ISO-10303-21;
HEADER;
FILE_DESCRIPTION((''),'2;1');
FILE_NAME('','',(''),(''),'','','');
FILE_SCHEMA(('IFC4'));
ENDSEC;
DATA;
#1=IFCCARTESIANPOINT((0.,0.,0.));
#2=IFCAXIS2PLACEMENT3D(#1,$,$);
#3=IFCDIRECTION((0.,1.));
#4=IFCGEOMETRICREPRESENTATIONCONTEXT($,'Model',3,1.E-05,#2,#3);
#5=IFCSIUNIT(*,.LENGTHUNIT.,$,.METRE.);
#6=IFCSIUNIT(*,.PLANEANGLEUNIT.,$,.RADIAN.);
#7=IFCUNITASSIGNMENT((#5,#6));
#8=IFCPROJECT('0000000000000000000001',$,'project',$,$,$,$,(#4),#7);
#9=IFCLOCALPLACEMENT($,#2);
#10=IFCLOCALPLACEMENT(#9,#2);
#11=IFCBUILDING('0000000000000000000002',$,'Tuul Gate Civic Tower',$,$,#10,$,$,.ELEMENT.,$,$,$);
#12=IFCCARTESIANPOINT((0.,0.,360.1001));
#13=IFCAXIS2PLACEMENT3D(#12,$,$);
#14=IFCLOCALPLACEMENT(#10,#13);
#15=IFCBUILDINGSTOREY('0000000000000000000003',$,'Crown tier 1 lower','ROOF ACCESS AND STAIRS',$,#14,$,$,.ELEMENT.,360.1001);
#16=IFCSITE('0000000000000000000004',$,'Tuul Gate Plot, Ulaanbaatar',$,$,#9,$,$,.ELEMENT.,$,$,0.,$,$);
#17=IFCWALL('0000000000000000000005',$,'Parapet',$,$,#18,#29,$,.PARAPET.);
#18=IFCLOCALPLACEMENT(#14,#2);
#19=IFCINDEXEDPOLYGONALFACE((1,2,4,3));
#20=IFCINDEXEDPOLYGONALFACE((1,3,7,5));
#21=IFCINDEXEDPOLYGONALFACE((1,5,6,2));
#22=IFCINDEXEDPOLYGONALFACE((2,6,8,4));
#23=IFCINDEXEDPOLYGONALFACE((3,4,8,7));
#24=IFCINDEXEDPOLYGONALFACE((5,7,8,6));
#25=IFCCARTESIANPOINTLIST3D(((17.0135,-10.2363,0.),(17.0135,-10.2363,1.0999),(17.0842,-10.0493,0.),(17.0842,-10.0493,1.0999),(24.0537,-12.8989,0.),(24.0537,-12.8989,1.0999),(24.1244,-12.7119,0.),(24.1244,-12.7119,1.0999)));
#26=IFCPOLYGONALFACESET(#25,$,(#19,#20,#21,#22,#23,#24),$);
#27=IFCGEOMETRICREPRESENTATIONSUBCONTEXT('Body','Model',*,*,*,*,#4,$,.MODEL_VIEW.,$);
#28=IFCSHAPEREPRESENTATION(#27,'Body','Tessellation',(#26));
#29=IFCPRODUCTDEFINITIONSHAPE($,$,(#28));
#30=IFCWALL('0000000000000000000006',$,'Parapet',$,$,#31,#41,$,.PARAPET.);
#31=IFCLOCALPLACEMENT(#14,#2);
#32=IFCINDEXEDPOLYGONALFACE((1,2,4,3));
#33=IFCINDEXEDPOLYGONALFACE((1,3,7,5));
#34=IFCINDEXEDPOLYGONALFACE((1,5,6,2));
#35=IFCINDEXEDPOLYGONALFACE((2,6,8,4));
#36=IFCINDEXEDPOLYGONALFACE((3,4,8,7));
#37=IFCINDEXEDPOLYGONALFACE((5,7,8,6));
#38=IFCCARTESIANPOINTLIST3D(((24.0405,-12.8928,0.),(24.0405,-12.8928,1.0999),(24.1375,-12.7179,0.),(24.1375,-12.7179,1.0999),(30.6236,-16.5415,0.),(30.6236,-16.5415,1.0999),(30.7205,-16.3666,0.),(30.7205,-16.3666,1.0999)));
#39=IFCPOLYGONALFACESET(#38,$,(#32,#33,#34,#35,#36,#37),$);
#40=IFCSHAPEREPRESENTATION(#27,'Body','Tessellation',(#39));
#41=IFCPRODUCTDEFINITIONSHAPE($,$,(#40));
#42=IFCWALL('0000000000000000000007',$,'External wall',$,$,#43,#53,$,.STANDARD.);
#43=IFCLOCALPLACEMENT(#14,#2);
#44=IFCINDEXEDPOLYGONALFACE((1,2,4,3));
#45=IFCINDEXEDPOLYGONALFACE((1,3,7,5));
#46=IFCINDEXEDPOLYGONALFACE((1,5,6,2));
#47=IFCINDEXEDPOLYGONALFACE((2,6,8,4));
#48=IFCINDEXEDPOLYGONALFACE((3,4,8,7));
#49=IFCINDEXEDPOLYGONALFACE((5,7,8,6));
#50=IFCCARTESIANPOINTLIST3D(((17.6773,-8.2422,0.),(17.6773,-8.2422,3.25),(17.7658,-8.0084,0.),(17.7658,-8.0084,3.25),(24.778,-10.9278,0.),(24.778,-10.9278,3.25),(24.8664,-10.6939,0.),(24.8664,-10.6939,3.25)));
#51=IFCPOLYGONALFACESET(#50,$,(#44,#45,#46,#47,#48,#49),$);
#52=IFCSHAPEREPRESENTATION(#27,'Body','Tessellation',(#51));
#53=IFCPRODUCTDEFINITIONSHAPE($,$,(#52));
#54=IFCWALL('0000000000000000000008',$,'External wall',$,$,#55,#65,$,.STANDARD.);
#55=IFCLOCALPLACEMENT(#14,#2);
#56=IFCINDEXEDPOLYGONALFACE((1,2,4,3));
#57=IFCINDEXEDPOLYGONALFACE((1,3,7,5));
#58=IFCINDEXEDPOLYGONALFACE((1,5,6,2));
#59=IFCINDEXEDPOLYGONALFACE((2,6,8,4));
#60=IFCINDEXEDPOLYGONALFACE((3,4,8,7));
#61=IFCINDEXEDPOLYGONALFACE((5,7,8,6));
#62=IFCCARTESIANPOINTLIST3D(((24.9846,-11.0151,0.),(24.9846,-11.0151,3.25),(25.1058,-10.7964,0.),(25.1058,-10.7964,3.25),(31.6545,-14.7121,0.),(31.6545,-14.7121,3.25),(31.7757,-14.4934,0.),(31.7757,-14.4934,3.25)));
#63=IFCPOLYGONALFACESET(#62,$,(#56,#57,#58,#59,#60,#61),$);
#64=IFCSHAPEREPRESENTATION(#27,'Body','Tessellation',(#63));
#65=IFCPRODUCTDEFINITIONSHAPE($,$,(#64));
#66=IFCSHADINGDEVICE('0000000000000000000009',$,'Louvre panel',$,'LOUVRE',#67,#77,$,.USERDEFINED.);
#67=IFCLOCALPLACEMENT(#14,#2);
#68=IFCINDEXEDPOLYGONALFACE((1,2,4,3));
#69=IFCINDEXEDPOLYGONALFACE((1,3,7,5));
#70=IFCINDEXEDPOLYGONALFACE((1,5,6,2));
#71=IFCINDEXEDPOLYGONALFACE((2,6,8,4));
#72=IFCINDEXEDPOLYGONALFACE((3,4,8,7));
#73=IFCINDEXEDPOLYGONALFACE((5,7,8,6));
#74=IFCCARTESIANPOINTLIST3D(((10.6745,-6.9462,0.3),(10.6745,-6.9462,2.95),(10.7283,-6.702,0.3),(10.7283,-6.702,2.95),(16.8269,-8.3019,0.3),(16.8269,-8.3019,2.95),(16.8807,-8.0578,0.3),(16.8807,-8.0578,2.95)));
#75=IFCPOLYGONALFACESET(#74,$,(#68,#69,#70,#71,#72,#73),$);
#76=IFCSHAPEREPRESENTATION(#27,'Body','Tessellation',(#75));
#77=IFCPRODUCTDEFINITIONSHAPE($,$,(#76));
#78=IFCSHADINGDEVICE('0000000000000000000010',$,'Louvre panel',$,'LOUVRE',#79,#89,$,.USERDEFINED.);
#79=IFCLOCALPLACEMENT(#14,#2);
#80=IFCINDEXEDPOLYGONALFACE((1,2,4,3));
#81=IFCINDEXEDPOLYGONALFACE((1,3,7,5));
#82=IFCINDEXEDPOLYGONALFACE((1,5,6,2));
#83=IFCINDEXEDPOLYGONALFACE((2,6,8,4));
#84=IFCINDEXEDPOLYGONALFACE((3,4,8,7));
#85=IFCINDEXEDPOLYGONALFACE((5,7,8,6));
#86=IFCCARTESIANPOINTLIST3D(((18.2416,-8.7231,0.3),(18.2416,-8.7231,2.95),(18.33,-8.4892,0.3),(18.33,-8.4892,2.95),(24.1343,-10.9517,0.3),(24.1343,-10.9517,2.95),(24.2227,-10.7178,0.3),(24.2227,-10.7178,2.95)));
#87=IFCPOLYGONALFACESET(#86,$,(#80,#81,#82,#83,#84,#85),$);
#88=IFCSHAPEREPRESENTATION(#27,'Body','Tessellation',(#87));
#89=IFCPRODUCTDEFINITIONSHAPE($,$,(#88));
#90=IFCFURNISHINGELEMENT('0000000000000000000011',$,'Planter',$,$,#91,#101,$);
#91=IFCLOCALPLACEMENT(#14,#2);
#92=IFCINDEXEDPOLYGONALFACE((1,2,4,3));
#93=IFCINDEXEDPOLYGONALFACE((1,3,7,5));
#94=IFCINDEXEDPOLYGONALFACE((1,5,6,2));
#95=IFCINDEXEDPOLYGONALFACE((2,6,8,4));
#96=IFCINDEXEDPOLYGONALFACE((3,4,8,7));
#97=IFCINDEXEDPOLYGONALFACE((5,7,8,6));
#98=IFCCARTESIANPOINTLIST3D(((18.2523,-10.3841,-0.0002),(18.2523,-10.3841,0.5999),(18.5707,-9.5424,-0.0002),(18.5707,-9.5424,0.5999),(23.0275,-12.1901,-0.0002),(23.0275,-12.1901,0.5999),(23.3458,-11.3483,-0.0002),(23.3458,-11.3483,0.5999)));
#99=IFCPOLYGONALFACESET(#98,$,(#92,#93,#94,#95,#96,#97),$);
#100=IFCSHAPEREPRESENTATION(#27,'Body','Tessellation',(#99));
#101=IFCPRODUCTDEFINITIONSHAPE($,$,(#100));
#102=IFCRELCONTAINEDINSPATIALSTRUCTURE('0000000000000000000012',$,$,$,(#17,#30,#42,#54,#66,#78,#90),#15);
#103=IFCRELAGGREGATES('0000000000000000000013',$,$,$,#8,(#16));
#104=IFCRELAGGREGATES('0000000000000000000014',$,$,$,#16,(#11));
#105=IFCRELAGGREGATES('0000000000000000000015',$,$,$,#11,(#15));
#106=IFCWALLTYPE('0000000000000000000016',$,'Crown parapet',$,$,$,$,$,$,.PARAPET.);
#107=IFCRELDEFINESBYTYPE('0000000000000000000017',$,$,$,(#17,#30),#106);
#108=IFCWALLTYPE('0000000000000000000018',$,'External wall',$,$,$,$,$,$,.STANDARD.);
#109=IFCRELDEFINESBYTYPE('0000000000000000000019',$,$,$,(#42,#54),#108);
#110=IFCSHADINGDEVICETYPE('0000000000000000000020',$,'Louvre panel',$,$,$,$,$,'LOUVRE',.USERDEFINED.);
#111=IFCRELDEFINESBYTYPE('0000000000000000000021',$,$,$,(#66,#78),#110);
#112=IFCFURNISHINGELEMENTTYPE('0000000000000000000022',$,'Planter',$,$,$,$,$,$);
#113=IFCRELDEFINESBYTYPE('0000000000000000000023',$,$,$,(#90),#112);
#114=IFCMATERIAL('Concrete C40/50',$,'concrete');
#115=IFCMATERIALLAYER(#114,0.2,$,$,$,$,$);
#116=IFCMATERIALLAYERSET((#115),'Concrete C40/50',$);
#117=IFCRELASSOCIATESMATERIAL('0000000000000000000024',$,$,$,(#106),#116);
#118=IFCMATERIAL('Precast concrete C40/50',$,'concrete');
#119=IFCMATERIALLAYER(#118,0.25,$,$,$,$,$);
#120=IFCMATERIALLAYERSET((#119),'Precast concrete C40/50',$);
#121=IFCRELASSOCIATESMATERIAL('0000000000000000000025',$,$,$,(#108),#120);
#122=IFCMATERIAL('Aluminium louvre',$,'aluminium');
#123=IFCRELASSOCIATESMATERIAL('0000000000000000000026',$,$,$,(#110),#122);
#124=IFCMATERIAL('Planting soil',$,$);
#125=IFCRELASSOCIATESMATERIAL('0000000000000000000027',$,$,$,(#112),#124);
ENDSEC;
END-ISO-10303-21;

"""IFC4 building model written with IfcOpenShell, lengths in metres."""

from ifc_helpers import new_model, si_unit, direction, frame, frame_2d, origin, origin_2d, place, context, subcontext, project, spatial, rectangle, extrude, material, layer, layer_set, type_object, element, save


model = new_model("IFC4")

# Units and contexts
model_context = context("Model", 3, precision=1e-05, world=origin(), true_north=direction((0.0, 1.0)))
body_context = subcontext(model_context, "Body", "Model", "MODEL_VIEW")
ifc_project = project(units=[si_unit("LENGTHUNIT", "METRE"), si_unit("PLANEANGLEUNIT", "RADIAN")], contexts=[model_context])

# Site, building, storey
site_placement = place(None, origin())
site = spatial("IfcSite", under=ifc_project, at=site_placement, Name="Tuul Gate Plot, Ulaanbaatar", CompositionType="ELEMENT", RefElevation=0.0)
building_placement = place(site_placement, origin())
building = spatial("IfcBuilding", under=site, at=building_placement, Name="Tuul Gate Civic Tower", CompositionType="ELEMENT")
storey_placement = place(building_placement, frame((0.0, 0.0, 360.1001)))
storey = spatial("IfcBuildingStorey", under=building, at=storey_placement, Name="Crown tier 1 lower", Description="ROOF ACCESS AND STAIRS", CompositionType="ELEMENT", Elevation=360.1001)

# Walls
ifc_material_1 = material(Name="Concrete C40/50", Category="concrete")
ifc_layer_1 = layer(ifc_material_1, 0.2)
ifc_layer_set_1 = layer_set([ifc_layer_1], Name="Concrete C40/50")
wall_type_1 = type_object("IfcWallType", Name="Crown parapet", PredefinedType="PARAPET", material=ifc_layer_set_1)
wall_1_placement = place(storey_placement, frame((17.0488, -10.1428, 0.0), z_axis=(0.0, 0.0, 1.0), x_axis=(0.935343, -0.353742, 0.0)))
element("IfcWall", 1, at=wall_1_placement, inside=storey, type_object=wall_type_1, Name="Parapet", PredefinedType="PARAPET", context=body_context, shape_type="SweptSolid", body=[
    extrude(rectangle(XDim=7.5269, YDim=0.2, at=frame_2d((3.7634, 0.0))), origin(), (0.0, 0.0, 1.0), 1.0999),
])
wall_2_placement = place(storey_placement, frame((24.0891, -12.8054, 0.0), z_axis=(0.0, 0.0, 1.0), x_axis=(0.874639, -0.484775, 0.0)))
element("IfcWall", 2, at=wall_2_placement, inside=storey, type_object=wall_type_1, Name="Parapet", PredefinedType="PARAPET", context=body_context, shape_type="SweptSolid", body=[
    extrude(rectangle(XDim=7.5266, YDim=0.2, at=frame_2d((3.7632, 0.0))), origin(), (0.0, 0.0, 1.0), 1.0999),
])
ifc_material_2 = material(Name="Precast concrete C40/50", Category="concrete")
ifc_layer_2 = layer(ifc_material_2, 0.25)
ifc_layer_set_2 = layer_set([ifc_layer_2], Name="Precast concrete C40/50")
wall_type_2 = type_object("IfcWallType", Name="External wall", PredefinedType="STANDARD", material=ifc_layer_set_2)
wall_3_placement = place(storey_placement, frame((17.7214, -8.1252, 0.0), z_axis=(0.0, 0.0, 1.0), x_axis=(0.935337, -0.353758, 0.0)))
element("IfcWall", 3, at=wall_3_placement, inside=storey, type_object=wall_type_2, Name="External wall", PredefinedType="STANDARD", context=body_context, shape_type="SweptSolid", body=[
    extrude(rectangle(XDim=7.5916, YDim=0.25, at=frame_2d((3.7959, 0.0))), origin(), (0.0, 0.0, 1.0), 3.25),
])
wall_4_placement = place(storey_placement, frame((25.0452, -10.9058, 0.0), z_axis=(0.0, 0.0, 1.0), x_axis=(0.87463, -0.484792, 0.0)))
element("IfcWall", 4, at=wall_4_placement, inside=storey, type_object=wall_type_2, Name="External wall", PredefinedType="STANDARD", context=body_context, shape_type="SweptSolid", body=[
    extrude(rectangle(XDim=7.626, YDim=0.25, at=frame_2d((3.813, 0.0))), origin(), (0.0, 0.0, 1.0), 3.25),
])

# Shading devices
ifc_material_3 = material(Name="Aluminium louvre", Category="aluminium")
shading_device_type = type_object("IfcShadingDeviceType", Name="Louvre panel", ElementType="LOUVRE", PredefinedType="USERDEFINED", material=ifc_material_3)
for number, where, z_axis, x_axis, name in (
    (5, (13.7776, -7.502, 0.3), (0.0, 0.0, 1.0), (-0.215196, -0.976571, 0.0), "Louvre panel"),
    (6, (21.2322, -9.7205, 0.3), (0.0, 0.0, 1.0), (-0.353744, -0.935342, 0.0), "Louvre panel"),
):
    element("IfcShadingDevice", number, at=place(storey_placement, frame(where, z_axis=z_axis, x_axis=x_axis)), inside=storey, type_object=shading_device_type, Name=name, ObjectType="LOUVRE", PredefinedType="USERDEFINED", context=body_context, shape_type="SweptSolid", body=[
        extrude(rectangle(XDim=0.25, YDim=6.3, at=origin_2d()), origin(), (0.0, 0.0, 1.0), 2.6499),
    ])

# Furnishing element
ifc_material_4 = material(Name="Planting soil")
furnishing_element_type = type_object("IfcFurnishingElementType", Name="Planter", material=ifc_material_4)
furnishing_placement = place(storey_placement, frame((20.7991, -10.8662, -0.0002), z_axis=(0.0, 0.0, 1.0), x_axis=(0.93534, -0.35375, 0.0)))
element("IfcFurnishingElement", 7, at=furnishing_placement, inside=storey, type_object=furnishing_element_type, Name="Planter", context=body_context, shape_type="SweptSolid", body=[
    extrude(rectangle(XDim=5.1052, YDim=0.8999, at=origin_2d()), origin(), (0.0, 0.0, 1.0), 0.6001),
])

save(model, "model.ifc")
